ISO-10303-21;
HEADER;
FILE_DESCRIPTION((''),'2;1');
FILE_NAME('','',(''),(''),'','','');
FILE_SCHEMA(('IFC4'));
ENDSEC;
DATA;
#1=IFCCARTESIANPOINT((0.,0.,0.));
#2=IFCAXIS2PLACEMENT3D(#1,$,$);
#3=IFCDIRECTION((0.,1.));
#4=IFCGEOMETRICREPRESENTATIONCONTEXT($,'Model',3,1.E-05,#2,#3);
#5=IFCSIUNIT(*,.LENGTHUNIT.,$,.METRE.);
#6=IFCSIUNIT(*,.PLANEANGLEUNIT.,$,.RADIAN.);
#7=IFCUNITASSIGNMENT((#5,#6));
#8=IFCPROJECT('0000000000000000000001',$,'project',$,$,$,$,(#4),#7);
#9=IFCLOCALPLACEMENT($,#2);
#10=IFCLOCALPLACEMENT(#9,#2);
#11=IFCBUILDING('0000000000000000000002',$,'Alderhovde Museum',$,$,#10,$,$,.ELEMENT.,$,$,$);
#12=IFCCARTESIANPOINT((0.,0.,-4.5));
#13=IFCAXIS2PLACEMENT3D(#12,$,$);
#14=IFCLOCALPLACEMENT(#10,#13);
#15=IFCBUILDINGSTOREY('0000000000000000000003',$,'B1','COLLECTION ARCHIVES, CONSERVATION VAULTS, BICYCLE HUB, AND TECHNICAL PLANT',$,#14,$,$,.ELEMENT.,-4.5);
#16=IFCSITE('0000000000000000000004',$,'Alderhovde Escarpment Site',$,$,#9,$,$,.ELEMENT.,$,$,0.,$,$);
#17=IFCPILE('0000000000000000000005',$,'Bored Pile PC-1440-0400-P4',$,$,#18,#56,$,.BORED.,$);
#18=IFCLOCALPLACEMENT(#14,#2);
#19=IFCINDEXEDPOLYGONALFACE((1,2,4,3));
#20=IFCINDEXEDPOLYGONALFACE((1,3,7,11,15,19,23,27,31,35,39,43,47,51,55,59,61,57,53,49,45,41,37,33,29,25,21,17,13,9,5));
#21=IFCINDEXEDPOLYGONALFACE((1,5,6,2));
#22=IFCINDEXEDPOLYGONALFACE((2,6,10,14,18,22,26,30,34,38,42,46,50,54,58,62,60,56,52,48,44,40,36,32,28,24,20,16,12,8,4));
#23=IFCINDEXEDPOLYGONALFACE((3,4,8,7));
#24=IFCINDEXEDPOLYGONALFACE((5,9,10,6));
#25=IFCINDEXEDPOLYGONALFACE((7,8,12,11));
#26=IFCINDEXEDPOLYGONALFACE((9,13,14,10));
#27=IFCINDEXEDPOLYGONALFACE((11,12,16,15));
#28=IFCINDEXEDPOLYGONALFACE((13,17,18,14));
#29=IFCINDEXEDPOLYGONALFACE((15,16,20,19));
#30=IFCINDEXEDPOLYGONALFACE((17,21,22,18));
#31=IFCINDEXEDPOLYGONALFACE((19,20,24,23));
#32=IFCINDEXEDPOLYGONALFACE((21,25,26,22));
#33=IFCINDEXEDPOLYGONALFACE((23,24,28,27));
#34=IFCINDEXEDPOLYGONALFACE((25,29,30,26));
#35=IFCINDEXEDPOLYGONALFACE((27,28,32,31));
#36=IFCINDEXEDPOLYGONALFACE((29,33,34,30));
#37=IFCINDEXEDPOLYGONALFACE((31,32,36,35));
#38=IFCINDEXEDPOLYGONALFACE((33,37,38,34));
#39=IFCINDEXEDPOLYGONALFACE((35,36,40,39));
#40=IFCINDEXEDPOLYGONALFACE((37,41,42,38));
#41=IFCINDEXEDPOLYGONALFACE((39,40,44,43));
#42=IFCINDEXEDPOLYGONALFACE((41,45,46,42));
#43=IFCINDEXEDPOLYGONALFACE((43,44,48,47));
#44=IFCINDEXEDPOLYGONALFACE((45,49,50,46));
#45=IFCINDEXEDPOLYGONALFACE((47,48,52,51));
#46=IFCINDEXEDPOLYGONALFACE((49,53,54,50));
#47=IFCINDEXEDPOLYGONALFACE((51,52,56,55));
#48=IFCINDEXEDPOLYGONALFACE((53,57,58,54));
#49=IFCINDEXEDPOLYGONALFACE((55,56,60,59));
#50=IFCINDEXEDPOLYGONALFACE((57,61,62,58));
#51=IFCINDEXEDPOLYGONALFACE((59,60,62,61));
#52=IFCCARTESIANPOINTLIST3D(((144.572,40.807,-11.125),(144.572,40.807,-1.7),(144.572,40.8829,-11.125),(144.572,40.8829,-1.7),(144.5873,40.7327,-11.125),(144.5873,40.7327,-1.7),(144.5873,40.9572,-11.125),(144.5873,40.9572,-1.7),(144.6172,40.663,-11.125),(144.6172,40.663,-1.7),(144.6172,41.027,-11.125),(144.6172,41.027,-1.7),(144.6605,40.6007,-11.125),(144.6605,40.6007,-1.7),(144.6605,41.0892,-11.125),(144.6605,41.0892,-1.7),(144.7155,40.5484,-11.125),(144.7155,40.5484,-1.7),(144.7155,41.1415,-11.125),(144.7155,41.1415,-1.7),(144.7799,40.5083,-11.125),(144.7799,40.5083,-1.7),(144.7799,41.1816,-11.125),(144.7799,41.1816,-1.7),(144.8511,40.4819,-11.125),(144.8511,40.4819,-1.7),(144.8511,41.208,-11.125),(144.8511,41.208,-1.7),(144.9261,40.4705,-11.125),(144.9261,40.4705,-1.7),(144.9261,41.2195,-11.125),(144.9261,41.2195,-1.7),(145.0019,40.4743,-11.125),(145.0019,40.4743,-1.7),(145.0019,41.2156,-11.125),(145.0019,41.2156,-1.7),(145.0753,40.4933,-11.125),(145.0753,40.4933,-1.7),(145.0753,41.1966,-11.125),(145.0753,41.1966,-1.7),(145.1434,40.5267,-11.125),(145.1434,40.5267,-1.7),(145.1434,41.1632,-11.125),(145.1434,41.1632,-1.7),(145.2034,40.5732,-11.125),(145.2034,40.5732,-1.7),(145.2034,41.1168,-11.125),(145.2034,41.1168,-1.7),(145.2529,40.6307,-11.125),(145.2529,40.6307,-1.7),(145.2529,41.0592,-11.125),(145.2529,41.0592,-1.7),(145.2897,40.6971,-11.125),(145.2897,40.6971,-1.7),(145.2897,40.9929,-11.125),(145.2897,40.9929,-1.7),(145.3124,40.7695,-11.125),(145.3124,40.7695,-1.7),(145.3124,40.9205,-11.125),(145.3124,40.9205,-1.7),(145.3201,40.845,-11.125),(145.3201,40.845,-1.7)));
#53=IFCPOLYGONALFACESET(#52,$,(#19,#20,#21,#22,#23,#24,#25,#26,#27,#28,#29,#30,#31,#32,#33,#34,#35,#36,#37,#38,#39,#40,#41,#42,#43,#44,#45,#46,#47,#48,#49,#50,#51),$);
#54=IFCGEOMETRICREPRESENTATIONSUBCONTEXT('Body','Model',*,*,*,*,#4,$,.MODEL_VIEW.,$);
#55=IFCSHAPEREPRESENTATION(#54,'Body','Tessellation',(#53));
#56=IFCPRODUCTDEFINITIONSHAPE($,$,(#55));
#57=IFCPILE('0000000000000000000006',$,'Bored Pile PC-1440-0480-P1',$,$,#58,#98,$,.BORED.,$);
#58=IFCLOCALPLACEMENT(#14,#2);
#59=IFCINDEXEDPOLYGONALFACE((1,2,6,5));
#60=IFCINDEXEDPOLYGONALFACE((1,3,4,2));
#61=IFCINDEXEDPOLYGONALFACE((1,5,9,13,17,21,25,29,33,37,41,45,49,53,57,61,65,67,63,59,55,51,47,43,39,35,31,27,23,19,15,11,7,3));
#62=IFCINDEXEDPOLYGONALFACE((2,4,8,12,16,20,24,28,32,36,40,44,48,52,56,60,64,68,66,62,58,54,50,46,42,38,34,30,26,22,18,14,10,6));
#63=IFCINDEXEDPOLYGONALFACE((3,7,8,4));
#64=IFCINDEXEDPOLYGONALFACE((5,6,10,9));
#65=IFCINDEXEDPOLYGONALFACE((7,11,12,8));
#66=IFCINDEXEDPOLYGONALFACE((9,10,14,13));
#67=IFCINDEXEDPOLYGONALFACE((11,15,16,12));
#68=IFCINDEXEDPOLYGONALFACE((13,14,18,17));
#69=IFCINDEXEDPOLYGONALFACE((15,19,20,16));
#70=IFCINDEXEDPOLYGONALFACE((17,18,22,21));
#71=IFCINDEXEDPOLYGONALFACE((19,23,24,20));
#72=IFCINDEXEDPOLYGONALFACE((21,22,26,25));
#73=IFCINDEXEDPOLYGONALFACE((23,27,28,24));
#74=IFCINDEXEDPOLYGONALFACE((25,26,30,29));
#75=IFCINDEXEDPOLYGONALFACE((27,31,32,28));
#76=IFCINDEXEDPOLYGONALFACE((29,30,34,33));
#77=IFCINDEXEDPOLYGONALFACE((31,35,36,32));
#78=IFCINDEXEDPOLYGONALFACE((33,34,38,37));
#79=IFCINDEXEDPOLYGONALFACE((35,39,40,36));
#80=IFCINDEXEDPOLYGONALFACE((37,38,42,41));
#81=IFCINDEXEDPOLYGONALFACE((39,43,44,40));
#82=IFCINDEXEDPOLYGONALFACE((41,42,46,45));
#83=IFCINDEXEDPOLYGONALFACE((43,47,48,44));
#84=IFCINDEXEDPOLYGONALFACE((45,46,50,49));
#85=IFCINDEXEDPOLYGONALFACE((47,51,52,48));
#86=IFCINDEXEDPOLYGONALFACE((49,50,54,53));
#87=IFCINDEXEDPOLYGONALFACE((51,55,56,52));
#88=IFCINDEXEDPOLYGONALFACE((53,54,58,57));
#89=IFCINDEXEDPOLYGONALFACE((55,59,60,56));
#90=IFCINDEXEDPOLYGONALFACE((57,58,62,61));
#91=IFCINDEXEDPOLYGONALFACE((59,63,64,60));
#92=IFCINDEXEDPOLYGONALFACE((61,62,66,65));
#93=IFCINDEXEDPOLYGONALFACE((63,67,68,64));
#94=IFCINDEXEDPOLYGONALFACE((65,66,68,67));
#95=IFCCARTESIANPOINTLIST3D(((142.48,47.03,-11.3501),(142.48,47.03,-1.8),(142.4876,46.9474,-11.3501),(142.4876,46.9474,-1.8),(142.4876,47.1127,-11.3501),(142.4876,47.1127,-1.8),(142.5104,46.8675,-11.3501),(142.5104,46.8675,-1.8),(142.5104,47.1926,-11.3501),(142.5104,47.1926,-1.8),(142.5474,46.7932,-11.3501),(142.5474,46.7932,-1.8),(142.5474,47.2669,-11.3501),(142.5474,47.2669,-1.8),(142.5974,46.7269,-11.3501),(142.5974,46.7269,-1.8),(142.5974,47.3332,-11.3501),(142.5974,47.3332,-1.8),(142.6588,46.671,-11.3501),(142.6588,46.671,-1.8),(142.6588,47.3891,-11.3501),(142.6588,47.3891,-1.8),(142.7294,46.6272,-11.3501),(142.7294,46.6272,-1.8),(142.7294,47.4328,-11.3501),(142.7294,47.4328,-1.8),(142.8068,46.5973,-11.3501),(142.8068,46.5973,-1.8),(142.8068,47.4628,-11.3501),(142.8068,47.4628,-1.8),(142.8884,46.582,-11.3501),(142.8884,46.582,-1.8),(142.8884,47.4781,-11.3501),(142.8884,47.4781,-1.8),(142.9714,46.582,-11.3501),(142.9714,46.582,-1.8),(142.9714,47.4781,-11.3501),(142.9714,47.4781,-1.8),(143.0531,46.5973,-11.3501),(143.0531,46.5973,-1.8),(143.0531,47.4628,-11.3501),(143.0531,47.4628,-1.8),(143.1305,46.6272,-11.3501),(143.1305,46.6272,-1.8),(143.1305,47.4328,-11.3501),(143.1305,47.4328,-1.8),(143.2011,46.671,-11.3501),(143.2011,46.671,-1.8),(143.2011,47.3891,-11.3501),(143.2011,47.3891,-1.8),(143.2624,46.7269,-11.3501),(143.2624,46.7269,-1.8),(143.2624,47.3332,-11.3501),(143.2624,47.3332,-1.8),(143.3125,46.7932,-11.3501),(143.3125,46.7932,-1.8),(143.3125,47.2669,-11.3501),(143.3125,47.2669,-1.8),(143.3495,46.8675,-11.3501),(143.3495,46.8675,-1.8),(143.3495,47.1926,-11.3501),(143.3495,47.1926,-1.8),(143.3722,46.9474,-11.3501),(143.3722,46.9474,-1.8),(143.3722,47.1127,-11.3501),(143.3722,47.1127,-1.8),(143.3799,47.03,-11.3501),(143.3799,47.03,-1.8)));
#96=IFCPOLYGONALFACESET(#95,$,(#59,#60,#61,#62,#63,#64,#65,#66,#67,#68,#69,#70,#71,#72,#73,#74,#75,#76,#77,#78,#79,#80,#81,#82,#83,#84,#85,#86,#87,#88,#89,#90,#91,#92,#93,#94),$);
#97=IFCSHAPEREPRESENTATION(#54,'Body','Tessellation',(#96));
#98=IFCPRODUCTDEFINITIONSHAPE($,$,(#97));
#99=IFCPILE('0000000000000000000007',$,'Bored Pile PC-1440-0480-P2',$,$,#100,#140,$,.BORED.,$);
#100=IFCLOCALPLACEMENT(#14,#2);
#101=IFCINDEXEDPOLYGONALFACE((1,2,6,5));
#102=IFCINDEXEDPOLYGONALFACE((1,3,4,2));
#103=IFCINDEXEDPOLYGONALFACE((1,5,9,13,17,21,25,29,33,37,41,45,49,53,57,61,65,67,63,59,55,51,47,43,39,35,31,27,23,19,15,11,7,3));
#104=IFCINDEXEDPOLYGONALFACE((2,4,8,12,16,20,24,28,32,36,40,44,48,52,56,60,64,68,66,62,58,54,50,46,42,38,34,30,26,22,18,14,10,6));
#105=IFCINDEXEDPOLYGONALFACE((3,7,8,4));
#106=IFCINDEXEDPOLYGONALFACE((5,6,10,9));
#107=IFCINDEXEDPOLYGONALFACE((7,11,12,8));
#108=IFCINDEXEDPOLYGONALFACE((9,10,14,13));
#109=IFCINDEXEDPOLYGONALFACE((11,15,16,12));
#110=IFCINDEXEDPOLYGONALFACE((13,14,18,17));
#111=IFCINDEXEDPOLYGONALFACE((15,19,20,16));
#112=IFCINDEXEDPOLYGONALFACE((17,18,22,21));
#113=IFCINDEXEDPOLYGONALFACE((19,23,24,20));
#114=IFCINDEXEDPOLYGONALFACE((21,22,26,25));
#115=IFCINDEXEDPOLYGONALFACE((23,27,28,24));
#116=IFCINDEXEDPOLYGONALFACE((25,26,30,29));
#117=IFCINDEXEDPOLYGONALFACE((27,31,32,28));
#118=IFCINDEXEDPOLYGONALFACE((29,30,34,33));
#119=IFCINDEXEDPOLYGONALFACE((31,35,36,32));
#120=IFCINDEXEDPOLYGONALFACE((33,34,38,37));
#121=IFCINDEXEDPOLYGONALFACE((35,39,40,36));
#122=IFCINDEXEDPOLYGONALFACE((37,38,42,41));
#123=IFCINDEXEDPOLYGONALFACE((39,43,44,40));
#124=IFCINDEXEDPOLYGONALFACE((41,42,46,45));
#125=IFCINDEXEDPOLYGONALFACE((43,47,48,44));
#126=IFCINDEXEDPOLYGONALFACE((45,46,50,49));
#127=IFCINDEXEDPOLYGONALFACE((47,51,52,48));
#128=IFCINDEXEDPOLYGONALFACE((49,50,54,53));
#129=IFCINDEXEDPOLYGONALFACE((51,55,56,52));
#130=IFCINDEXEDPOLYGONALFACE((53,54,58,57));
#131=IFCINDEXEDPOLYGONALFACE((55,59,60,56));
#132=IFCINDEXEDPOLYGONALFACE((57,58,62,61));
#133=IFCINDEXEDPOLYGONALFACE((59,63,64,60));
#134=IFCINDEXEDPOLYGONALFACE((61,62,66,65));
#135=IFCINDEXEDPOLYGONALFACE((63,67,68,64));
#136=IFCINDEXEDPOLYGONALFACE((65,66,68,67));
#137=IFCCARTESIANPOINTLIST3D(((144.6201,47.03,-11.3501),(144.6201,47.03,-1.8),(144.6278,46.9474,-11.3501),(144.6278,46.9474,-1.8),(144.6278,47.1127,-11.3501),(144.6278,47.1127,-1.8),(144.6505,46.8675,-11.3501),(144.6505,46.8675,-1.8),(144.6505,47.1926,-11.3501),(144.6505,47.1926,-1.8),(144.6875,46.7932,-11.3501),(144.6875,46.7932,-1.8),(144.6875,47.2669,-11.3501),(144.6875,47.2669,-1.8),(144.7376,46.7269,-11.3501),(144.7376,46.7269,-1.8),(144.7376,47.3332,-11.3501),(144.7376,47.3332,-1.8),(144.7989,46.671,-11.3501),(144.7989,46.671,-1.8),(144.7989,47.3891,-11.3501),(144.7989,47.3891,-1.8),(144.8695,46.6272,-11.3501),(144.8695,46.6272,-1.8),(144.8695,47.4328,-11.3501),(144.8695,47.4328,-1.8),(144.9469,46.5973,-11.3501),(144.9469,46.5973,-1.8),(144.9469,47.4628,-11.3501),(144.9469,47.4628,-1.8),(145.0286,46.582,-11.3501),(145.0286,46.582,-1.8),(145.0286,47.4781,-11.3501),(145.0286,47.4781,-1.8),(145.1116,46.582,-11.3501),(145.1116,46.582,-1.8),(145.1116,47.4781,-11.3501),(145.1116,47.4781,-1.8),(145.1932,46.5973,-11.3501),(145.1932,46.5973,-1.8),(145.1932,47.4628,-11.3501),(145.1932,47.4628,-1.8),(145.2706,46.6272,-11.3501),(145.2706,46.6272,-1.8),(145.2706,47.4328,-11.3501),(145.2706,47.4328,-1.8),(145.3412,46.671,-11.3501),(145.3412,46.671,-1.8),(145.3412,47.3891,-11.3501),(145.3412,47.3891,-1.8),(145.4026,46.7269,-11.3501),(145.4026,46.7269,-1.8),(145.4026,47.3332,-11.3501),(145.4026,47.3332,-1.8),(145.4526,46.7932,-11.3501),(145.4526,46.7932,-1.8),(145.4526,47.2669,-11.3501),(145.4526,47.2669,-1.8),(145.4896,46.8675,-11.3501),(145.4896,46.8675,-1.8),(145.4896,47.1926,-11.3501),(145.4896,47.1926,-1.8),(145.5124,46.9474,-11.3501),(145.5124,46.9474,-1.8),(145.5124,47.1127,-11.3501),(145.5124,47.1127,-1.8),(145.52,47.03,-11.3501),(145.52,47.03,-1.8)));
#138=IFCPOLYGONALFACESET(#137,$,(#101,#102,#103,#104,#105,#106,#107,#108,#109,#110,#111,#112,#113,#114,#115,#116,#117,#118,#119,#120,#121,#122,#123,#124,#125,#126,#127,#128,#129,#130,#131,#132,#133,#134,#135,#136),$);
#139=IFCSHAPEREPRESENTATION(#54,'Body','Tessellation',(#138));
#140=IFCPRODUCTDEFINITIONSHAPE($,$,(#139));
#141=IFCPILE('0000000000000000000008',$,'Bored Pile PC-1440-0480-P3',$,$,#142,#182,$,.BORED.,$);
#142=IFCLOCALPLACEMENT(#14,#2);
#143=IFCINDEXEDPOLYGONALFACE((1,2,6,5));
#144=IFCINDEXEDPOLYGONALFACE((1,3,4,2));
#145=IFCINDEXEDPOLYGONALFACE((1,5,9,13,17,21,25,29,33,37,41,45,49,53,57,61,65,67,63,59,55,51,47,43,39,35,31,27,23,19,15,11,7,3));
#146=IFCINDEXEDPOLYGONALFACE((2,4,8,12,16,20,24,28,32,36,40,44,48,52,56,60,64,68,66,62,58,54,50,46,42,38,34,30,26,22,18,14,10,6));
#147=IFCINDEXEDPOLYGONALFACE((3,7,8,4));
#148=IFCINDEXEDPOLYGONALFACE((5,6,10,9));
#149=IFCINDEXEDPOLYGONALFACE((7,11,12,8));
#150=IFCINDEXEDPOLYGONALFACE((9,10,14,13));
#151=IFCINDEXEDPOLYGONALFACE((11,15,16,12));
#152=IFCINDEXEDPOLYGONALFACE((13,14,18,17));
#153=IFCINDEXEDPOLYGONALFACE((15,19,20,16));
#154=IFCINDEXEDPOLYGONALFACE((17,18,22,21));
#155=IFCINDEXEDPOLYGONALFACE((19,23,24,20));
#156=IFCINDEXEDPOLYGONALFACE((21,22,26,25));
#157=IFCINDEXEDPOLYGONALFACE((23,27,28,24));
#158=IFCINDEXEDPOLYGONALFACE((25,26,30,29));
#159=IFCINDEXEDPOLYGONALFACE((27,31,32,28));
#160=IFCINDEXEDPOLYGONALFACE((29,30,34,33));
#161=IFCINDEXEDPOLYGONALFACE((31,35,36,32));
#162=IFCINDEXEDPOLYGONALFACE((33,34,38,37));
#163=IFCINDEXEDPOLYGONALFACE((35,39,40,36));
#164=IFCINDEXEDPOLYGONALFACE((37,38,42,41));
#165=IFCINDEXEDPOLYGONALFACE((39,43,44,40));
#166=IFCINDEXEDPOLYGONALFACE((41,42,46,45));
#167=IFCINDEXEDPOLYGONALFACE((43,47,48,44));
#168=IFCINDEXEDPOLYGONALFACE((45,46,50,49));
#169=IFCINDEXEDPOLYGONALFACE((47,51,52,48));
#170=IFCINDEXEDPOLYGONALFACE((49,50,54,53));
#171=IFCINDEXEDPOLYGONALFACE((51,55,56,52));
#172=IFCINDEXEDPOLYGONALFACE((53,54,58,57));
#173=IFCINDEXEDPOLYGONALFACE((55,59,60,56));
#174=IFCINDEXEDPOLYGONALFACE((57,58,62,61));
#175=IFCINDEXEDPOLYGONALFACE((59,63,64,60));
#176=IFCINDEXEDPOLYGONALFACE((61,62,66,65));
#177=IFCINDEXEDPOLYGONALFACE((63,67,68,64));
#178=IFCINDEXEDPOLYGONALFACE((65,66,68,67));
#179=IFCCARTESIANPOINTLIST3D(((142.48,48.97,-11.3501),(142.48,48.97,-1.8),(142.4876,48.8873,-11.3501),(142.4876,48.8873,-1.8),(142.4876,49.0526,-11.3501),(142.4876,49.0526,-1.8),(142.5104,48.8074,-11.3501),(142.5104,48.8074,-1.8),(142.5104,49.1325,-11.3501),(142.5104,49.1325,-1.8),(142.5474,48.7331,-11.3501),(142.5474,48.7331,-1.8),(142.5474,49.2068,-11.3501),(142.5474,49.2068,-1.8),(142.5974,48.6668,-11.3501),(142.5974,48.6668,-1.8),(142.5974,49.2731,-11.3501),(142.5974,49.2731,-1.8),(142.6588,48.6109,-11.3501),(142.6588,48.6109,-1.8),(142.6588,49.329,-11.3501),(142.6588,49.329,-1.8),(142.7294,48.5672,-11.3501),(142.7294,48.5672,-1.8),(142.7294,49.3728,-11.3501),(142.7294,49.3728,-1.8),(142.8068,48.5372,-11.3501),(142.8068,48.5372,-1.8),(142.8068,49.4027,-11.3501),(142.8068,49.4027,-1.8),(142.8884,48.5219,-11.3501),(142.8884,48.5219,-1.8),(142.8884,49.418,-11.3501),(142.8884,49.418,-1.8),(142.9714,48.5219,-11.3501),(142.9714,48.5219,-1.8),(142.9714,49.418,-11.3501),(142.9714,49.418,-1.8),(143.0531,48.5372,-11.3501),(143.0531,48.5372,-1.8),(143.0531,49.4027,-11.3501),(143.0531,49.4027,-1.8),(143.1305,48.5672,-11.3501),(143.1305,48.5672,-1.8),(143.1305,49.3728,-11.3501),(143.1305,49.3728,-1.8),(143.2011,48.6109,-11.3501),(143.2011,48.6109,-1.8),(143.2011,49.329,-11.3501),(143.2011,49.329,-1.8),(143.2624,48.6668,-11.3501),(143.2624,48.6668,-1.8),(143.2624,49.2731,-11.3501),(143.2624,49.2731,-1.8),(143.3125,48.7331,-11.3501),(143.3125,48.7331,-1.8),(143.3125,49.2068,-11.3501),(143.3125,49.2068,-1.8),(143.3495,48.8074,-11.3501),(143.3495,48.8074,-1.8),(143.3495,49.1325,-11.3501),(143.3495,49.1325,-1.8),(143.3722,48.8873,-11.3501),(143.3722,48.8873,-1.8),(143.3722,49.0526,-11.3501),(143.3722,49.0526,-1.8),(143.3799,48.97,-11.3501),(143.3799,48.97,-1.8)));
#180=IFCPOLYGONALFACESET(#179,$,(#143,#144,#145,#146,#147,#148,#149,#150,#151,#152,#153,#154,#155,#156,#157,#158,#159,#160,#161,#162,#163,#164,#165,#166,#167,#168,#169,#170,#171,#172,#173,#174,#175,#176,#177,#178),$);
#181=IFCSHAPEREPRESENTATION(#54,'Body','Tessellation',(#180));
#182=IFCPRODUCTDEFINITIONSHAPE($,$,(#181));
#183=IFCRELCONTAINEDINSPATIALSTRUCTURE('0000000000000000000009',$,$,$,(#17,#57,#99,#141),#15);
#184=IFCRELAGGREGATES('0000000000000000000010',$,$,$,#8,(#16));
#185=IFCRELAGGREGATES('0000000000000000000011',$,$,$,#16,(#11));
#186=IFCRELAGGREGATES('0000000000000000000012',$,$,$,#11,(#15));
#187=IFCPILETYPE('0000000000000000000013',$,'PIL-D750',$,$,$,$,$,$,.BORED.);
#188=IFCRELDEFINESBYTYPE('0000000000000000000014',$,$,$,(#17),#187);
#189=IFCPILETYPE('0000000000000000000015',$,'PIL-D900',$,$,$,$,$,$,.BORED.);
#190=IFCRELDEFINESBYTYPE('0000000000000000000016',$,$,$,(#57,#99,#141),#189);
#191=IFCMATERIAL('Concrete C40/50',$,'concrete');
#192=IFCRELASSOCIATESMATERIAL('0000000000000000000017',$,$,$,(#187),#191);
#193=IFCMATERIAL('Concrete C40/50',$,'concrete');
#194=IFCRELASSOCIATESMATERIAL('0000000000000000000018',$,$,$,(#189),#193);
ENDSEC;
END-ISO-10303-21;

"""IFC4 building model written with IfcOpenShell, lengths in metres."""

from ifc_helpers import new_model, si_unit, direction, frame, origin, origin_2d, place, context, subcontext, project, spatial, circle, extrude, material, material_profile, profile_set, type_object, element, save


model = new_model("IFC4")

# Units and contexts
model_context = context("Model", 3, precision=1e-05, world=origin(), true_north=direction((0.0, 1.0)))
body_context = subcontext(model_context, "Body", "Model", "MODEL_VIEW")
ifc_project = project(units=[si_unit("LENGTHUNIT", "METRE"), si_unit("PLANEANGLEUNIT", "RADIAN")], contexts=[model_context])

# Site, building, storey
site_placement = place(None, origin())
site = spatial("IfcSite", under=ifc_project, at=site_placement, Name="Alderhovde Escarpment Site", CompositionType="ELEMENT", RefElevation=0.0)
building_placement = place(site_placement, origin())
building = spatial("IfcBuilding", under=site, at=building_placement, Name="Alderhovde Museum", CompositionType="ELEMENT")
storey_placement = place(building_placement, frame((0.0, 0.0, -4.5)))
storey = spatial("IfcBuildingStorey", under=building, at=storey_placement, Name="B1", Description="COLLECTION ARCHIVES, CONSERVATION VAULTS, BICYCLE HUB, AND TECHNICAL PLANT", CompositionType="ELEMENT", Elevation=-4.5)

# Piles
ifc_material_1 = material(Name="Concrete C40/50", Category="concrete")
ifc_material_profile_1 = material_profile(ifc_material_1, circle(Radius=0.375, at=origin_2d()), Name="PILE-D750")
ifc_profile_set_1 = profile_set([ifc_material_profile_1], Name="Concrete C40/50")
pile_type_1 = type_object("IfcPileType", Name="PIL-D750", PredefinedType="BORED", material=ifc_profile_set_1)
for number, where, z_axis, x_axis, name in (
    (1, (144.9451, 40.845, -1.7), (0.0, 0.0, -1.0), (1.0, 0.0, 0.0), "Bored Pile PC-1440-0400-P4"),
):
    element("IfcPile", number, at=place(storey_placement, frame(where, z_axis=z_axis, x_axis=x_axis)), inside=storey, type_object=pile_type_1, Name=name, PredefinedType="BORED", context=body_context, shape_type="SweptSolid", body=[
        extrude(circle(Radius=0.375, at=origin_2d()), origin(), (0.0, 0.0, 1.0), 9.425),
    ])
ifc_material_2 = material(Name="Concrete C40/50", Category="concrete")
ifc_material_profile_2 = material_profile(ifc_material_2, circle(Radius=0.45, at=origin_2d()), Name="PILE-D900")
ifc_profile_set_2 = profile_set([ifc_material_profile_2], Name="Concrete C40/50")
pile_type_2 = type_object("IfcPileType", Name="PIL-D900", PredefinedType="BORED", material=ifc_profile_set_2)
for number, where, z_axis, x_axis, name in (
    (2, (142.9299, 47.03, -1.8), (0.0, 0.0, -1.0), (1.0, 0.0, 0.0), "Bored Pile PC-1440-0480-P1"),
    (3, (145.0701, 47.03, -1.8), (0.0, 0.0, -1.0), (1.0, 0.0, 0.0), "Bored Pile PC-1440-0480-P2"),
    (4, (142.9299, 48.97, -1.8), (0.0, 0.0, -1.0), (1.0, 0.0, 0.0), "Bored Pile PC-1440-0480-P3"),
):
    element("IfcPile", number, at=place(storey_placement, frame(where, z_axis=z_axis, x_axis=x_axis)), inside=storey, type_object=pile_type_2, Name=name, PredefinedType="BORED", context=body_context, shape_type="SweptSolid", body=[
        extrude(circle(Radius=0.45, at=origin_2d()), origin(), (0.0, 0.0, 1.0), 9.55),
    ])

save(model, "model.ifc")
